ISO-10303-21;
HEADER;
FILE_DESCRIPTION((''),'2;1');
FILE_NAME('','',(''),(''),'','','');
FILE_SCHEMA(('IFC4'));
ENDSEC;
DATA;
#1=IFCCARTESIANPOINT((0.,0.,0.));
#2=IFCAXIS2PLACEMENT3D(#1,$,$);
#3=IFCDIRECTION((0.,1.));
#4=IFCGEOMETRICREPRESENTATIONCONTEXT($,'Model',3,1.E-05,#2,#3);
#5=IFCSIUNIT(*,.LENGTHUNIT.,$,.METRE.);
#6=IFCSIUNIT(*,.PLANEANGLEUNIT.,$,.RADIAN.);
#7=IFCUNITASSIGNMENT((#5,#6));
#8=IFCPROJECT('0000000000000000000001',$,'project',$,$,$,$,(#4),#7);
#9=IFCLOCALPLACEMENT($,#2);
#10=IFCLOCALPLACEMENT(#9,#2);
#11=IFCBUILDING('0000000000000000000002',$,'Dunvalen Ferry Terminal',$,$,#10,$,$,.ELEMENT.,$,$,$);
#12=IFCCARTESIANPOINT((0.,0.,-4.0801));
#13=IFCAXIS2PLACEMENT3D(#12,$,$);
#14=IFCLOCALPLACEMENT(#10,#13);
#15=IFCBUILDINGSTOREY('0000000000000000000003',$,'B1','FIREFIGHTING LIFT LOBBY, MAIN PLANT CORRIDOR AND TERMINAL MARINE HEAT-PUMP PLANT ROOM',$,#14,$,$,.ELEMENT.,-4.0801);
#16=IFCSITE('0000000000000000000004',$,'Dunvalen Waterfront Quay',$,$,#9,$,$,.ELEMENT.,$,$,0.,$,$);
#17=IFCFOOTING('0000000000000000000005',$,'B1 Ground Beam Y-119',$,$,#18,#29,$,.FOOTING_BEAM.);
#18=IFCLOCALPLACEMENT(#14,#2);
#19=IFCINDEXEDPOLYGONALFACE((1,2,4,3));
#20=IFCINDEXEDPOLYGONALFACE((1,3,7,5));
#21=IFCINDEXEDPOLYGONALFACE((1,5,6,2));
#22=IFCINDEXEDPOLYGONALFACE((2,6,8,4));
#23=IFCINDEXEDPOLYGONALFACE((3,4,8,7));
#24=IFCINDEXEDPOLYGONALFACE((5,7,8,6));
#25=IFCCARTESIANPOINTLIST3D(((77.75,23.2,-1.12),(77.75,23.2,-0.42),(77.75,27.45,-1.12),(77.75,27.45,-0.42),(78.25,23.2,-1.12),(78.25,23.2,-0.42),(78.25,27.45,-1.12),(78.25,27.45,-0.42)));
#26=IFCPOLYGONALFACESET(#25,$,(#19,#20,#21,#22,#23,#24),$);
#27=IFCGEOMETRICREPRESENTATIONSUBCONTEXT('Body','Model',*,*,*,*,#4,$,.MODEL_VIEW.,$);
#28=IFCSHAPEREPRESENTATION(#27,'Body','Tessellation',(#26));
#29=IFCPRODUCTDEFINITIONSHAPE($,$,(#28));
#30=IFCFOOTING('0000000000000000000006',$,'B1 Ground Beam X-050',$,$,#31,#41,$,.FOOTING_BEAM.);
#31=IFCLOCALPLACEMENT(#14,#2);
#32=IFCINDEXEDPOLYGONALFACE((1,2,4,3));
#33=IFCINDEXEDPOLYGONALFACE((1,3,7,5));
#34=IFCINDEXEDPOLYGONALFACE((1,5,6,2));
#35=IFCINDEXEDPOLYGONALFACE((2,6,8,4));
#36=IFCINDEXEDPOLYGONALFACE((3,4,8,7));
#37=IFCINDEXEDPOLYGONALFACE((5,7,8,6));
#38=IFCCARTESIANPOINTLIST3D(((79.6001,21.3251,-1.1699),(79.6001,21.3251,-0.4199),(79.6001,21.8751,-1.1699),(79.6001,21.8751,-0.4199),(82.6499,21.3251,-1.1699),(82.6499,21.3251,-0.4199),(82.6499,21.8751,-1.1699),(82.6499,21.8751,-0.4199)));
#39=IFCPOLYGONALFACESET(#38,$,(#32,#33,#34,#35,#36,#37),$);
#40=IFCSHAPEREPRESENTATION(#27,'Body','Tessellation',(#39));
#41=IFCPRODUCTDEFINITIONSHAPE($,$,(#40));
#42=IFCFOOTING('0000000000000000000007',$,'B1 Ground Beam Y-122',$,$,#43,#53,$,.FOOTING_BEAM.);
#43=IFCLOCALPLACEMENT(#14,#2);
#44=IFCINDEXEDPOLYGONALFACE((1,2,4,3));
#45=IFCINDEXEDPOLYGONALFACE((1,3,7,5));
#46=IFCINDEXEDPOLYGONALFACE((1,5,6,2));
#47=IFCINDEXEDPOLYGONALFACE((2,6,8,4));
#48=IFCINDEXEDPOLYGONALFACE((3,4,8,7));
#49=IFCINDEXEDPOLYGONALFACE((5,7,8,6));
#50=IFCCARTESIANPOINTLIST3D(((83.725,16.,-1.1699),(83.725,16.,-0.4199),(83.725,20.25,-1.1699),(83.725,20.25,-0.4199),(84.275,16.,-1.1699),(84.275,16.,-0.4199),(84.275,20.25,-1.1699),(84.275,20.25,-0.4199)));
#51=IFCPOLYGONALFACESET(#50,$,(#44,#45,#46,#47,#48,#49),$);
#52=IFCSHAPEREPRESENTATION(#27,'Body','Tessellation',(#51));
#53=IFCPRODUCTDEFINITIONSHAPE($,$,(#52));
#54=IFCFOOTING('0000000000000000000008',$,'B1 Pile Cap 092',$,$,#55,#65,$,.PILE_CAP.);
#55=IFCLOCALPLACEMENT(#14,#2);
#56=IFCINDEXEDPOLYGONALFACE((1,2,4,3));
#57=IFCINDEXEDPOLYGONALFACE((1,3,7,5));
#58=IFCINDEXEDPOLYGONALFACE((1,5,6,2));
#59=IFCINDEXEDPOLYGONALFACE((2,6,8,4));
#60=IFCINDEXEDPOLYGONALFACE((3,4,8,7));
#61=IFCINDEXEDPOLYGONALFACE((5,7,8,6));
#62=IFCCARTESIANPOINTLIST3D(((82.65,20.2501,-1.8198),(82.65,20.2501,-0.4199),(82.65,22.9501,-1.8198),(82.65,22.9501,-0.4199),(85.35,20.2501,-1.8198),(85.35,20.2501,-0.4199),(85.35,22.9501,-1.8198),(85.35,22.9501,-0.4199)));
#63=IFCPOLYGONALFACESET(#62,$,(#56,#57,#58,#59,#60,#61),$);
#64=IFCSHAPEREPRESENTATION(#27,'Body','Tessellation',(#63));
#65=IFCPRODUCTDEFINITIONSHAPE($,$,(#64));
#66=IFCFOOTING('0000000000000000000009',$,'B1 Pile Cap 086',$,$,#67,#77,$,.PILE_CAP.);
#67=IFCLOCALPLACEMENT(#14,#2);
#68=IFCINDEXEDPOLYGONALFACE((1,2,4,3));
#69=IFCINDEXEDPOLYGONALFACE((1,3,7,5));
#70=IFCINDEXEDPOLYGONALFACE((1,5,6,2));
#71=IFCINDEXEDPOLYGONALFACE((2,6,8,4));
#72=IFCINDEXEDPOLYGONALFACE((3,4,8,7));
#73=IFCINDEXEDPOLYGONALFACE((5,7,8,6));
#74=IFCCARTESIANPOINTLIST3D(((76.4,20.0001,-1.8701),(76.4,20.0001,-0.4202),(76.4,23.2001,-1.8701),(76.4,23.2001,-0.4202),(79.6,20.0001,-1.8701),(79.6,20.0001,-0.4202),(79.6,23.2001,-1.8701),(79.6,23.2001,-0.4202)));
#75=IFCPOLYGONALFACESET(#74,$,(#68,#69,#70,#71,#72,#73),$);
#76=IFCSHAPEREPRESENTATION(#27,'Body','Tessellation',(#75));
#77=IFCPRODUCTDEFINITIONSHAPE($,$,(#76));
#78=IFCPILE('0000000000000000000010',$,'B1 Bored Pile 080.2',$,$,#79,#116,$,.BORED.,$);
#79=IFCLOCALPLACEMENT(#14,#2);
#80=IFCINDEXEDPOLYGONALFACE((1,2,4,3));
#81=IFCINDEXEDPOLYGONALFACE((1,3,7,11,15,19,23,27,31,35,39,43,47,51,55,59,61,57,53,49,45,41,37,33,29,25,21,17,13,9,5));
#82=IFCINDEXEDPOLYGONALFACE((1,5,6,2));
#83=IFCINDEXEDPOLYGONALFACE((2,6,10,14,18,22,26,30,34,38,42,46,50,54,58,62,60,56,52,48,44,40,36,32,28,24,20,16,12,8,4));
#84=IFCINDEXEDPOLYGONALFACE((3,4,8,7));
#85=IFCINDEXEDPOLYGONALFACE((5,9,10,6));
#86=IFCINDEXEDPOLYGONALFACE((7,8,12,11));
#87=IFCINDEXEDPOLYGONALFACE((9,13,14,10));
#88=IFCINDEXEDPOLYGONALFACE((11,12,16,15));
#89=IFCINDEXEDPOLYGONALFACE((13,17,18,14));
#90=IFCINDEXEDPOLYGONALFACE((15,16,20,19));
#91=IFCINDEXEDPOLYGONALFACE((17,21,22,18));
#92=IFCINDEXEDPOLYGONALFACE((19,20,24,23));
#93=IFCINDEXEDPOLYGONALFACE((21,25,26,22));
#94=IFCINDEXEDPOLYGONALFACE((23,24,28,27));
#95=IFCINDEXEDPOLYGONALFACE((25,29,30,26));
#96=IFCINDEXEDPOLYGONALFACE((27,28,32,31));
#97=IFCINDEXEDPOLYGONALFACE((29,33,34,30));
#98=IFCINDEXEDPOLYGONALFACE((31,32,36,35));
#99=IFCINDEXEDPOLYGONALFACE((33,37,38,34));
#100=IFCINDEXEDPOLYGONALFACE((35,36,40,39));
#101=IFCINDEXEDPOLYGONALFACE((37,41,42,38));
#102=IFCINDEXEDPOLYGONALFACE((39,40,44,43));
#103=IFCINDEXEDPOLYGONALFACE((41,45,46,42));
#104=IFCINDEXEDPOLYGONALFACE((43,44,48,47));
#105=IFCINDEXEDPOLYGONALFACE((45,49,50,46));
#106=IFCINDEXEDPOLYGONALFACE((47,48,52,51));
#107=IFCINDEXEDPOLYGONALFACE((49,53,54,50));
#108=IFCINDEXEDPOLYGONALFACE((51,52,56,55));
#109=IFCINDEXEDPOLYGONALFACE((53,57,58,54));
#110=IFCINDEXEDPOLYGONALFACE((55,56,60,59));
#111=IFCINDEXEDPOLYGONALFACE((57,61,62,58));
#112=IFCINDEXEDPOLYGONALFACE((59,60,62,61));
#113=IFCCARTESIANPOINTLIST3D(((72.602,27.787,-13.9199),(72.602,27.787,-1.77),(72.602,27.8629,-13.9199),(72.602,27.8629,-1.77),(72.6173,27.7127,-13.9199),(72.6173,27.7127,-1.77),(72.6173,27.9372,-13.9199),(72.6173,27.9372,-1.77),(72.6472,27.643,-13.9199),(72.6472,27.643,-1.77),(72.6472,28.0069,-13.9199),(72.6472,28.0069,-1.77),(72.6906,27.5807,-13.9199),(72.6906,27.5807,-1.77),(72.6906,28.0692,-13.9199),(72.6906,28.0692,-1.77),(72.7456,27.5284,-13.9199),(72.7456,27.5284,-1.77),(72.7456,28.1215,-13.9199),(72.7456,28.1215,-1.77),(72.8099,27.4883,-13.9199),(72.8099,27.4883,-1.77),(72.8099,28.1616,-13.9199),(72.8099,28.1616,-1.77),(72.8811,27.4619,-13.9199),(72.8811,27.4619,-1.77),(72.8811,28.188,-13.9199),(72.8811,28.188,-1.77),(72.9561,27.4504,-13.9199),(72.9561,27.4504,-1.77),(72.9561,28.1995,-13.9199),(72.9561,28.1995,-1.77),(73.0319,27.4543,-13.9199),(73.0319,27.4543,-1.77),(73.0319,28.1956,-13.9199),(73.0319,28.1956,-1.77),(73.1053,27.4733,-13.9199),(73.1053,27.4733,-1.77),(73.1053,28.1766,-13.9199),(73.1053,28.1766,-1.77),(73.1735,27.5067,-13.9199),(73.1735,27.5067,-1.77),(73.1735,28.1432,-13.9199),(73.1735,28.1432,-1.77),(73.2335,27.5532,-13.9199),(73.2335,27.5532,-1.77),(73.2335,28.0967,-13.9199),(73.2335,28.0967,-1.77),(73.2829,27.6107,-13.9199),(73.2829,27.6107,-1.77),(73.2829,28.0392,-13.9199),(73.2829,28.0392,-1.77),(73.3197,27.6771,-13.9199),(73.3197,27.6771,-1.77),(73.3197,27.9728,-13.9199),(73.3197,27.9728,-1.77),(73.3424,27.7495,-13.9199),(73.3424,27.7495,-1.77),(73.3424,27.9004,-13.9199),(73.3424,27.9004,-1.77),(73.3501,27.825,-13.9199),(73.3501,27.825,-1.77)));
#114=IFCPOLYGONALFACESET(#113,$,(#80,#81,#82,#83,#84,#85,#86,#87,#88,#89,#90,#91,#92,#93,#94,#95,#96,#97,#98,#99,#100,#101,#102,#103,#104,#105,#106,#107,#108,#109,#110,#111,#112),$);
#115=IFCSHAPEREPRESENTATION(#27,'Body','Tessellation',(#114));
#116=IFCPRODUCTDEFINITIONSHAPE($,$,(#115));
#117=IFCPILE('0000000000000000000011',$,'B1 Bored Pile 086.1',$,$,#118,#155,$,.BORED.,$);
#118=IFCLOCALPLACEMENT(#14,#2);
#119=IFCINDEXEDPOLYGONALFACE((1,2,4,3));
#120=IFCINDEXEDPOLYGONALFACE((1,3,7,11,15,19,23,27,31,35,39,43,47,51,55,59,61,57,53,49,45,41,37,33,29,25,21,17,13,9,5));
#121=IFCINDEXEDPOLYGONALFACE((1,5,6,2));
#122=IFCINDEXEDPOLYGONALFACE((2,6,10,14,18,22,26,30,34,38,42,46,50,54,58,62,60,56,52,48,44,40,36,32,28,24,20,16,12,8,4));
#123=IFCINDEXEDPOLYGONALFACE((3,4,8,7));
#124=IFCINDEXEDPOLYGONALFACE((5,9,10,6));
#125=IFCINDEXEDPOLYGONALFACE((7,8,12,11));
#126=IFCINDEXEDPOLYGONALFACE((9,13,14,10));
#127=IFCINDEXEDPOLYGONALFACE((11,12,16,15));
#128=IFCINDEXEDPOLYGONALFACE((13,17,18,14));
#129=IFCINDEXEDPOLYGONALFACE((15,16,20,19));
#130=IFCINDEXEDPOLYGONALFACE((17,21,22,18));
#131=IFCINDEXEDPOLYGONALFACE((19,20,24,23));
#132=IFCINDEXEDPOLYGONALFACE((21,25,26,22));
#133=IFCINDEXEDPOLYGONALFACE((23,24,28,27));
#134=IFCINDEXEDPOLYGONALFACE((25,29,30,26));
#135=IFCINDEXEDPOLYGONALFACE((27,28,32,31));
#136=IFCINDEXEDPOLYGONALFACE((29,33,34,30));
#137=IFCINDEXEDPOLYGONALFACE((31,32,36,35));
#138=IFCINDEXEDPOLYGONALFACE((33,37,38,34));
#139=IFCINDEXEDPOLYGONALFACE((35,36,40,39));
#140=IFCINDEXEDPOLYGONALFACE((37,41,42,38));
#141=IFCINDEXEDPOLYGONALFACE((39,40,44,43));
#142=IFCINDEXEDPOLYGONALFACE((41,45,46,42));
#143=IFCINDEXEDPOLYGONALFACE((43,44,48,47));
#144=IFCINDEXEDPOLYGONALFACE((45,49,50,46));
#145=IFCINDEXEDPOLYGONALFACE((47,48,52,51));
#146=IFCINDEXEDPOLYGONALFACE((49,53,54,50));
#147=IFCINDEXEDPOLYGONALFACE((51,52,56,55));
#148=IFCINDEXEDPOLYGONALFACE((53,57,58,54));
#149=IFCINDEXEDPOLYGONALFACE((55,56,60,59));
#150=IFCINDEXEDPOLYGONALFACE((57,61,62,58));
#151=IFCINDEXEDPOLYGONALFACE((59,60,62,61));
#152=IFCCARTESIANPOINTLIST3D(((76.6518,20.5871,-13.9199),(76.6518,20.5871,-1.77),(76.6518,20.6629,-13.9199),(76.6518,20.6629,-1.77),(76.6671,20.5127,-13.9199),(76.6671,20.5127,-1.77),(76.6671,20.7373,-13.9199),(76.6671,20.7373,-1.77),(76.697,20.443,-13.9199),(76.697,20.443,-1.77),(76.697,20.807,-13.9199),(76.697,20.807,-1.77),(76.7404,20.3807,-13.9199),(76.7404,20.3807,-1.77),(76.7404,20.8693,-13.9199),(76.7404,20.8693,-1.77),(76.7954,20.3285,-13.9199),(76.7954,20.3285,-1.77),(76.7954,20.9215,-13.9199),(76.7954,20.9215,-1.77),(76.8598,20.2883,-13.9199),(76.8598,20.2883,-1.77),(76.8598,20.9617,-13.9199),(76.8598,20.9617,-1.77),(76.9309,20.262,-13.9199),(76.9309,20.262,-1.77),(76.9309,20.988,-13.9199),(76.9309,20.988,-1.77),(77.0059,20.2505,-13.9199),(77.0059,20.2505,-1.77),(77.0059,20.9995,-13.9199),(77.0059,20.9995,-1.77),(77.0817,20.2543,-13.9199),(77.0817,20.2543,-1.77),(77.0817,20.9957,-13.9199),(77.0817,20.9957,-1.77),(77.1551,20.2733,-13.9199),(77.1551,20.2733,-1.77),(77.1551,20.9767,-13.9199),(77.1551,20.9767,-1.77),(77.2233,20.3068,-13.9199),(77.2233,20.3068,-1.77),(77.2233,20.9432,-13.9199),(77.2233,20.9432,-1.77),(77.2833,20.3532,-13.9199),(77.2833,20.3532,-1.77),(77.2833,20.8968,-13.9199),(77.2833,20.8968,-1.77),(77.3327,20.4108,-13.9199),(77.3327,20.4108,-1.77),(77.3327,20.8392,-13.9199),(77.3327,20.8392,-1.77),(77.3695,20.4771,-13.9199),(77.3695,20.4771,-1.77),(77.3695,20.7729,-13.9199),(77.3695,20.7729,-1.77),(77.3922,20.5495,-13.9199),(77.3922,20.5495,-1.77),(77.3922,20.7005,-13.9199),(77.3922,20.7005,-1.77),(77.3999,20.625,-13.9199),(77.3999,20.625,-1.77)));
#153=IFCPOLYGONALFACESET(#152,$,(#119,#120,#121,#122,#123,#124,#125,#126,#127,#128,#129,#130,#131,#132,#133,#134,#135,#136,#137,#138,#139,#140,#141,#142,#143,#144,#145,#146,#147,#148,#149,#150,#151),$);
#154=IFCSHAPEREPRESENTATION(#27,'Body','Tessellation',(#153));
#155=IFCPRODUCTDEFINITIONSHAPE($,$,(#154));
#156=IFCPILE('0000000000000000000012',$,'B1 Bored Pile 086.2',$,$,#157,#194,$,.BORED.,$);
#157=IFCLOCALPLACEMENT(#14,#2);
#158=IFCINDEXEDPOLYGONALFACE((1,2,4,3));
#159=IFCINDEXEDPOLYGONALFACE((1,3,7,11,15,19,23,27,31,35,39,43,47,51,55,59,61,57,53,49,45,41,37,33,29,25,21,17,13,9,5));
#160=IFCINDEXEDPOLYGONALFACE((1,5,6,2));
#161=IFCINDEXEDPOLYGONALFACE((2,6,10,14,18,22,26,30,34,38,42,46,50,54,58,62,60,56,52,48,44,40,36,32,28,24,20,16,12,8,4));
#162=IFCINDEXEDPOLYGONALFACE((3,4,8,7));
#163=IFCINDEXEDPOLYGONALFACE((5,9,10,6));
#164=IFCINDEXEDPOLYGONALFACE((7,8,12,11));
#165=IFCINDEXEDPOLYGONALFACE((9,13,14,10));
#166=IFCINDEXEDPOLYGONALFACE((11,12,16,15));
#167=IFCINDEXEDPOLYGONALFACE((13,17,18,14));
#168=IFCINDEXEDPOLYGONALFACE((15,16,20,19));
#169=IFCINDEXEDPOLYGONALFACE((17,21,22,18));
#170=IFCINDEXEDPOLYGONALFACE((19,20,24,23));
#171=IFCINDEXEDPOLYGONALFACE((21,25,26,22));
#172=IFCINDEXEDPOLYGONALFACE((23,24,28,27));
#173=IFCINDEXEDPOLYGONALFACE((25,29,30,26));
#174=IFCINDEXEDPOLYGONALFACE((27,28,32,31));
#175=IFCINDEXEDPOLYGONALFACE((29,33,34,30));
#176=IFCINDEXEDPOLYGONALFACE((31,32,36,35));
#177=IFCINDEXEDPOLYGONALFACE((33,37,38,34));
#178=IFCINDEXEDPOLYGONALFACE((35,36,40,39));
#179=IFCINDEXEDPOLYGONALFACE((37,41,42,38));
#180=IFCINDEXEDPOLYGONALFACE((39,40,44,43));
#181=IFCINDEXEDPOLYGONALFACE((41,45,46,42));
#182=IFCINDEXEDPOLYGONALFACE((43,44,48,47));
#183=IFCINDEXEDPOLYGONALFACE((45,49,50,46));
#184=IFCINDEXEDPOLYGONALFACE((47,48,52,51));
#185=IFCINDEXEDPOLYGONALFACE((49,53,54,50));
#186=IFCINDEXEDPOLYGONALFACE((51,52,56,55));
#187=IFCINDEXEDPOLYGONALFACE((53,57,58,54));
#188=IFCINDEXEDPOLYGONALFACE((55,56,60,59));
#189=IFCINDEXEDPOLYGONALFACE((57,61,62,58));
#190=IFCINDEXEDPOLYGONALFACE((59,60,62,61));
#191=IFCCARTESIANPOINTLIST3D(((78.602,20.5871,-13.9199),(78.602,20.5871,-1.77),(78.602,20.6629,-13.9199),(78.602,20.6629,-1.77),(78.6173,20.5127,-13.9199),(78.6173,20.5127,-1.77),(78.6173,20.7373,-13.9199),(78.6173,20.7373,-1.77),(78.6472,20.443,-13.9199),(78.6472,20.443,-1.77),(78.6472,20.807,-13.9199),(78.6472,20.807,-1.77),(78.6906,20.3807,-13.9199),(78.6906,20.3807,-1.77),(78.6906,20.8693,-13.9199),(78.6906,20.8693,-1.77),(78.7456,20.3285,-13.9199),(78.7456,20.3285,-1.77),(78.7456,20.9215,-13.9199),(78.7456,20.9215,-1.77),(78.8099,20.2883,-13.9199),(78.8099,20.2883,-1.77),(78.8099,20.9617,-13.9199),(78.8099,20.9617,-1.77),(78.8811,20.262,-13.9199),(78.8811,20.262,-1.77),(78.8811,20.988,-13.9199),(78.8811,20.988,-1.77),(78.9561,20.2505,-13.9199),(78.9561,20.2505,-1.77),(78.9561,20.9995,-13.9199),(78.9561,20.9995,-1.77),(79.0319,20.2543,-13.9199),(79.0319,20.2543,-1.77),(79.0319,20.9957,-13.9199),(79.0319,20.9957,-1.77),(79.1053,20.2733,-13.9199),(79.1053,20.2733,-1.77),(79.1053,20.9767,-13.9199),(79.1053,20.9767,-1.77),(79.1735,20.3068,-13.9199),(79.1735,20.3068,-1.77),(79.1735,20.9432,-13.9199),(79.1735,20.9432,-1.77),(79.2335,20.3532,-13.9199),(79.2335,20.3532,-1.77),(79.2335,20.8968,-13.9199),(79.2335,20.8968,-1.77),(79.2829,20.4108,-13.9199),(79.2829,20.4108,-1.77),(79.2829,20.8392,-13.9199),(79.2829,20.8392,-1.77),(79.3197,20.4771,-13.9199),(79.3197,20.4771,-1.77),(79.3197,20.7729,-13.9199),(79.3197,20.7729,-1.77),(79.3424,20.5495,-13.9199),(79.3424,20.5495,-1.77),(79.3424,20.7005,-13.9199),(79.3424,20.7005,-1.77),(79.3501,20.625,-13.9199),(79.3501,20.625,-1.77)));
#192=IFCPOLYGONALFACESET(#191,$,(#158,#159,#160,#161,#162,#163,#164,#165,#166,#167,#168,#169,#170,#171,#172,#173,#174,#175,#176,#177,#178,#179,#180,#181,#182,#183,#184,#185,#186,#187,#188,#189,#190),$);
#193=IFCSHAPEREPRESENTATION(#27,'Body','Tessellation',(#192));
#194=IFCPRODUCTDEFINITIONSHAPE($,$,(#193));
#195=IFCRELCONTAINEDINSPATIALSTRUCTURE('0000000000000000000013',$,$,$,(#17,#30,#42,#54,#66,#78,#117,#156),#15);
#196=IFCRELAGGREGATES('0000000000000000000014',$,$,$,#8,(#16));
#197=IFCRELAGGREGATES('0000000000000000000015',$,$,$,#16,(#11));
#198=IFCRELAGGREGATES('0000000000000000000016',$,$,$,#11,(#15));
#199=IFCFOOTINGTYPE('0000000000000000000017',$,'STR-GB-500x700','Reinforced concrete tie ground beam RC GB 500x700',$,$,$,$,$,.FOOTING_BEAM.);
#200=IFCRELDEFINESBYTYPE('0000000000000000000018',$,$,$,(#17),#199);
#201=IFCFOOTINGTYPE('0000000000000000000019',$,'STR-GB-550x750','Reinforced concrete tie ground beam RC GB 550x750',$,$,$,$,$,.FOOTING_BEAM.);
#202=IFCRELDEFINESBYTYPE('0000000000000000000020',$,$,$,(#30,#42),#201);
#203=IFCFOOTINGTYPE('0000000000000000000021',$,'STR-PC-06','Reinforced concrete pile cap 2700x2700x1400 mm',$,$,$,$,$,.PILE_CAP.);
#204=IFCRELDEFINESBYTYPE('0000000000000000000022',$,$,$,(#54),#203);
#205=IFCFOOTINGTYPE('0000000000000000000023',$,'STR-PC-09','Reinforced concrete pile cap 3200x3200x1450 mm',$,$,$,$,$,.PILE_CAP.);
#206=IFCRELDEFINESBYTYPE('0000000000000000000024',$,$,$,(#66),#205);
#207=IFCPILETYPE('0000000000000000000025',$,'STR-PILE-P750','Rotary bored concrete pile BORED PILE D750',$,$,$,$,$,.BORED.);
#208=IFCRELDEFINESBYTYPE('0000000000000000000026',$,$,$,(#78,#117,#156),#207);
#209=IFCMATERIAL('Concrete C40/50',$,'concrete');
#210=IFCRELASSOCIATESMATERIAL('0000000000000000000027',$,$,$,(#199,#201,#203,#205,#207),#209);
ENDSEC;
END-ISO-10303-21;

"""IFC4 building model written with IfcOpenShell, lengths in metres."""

from ifc_helpers import new_model, si_unit, direction, frame, origin, origin_2d, place, context, subcontext, project, spatial, rectangle, circle, extrude, material, material_profile, profile_set, type_object, element, save


model = new_model("IFC4")

# Units and contexts
model_context = context("Model", 3, precision=1e-05, world=origin(), true_north=direction((0.0, 1.0)))
body_context = subcontext(model_context, "Body", "Model", "MODEL_VIEW")
ifc_project = project(units=[si_unit("LENGTHUNIT", "METRE"), si_unit("PLANEANGLEUNIT", "RADIAN")], contexts=[model_context])

# Site, building, storey
site_placement = place(None, origin())
site = spatial("IfcSite", under=ifc_project, at=site_placement, Name="Dunvalen Waterfront Quay", CompositionType="ELEMENT", RefElevation=0.0)
building_placement = place(site_placement, origin())
building = spatial("IfcBuilding", under=site, at=building_placement, Name="Dunvalen Ferry Terminal", CompositionType="ELEMENT")
storey_placement = place(building_placement, frame((0.0, 0.0, -4.0801)))
storey = spatial("IfcBuildingStorey", under=building, at=storey_placement, Name="B1", Description="FIREFIGHTING LIFT LOBBY, MAIN PLANT CORRIDOR AND TERMINAL MARINE HEAT-PUMP PLANT ROOM", CompositionType="ELEMENT", Elevation=-4.0801)

# Footings
ifc_material_1 = material(Name="Concrete C40/50", Category="concrete")
ifc_material_profile_1 = material_profile(ifc_material_1, rectangle(XDim=0.5, YDim=0.7, at=origin_2d()), Name="Concrete C40/50")
ifc_profile_set_1 = profile_set([ifc_material_profile_1], Name="Concrete C40/50")
footing_type_1 = type_object("IfcFootingType", Name="STR-GB-500x700", Description="Reinforced concrete tie ground beam RC GB 500x700", PredefinedType="FOOTING_BEAM", material=ifc_profile_set_1)
footing_1_placement = place(storey_placement, frame((78.0, 23.2, -0.77), z_axis=(0.0, 1.0, 0.0), x_axis=(-1.0, 0.0, 0.0)))
element("IfcFooting", 1, at=footing_1_placement, inside=storey, type_object=footing_type_1, Name="B1 Ground Beam Y-119", PredefinedType="FOOTING_BEAM", context=body_context, shape_type="SweptSolid", body=[
    extrude(rectangle(XDim=0.5, YDim=0.7, at=origin_2d()), origin(), (0.0, 0.0, 1.0), 4.25),
])
ifc_material_profile_2 = material_profile(ifc_material_1, rectangle(XDim=0.55, YDim=0.75, at=origin_2d()), Name="Concrete C40/50")
ifc_profile_set_2 = profile_set([ifc_material_profile_2], Name="Concrete C40/50")
footing_type_2 = type_object("IfcFootingType", Name="STR-GB-550x750", Description="Reinforced concrete tie ground beam RC GB 550x750", PredefinedType="FOOTING_BEAM", material=ifc_profile_set_2)
footing_2_placement = place(storey_placement, frame((79.6001, 21.6001, -0.7949), z_axis=(1.0, 0.0, 0.0), x_axis=(0.0, 1.0, 0.0)))
element("IfcFooting", 2, at=footing_2_placement, inside=storey, type_object=footing_type_2, Name="B1 Ground Beam X-050", PredefinedType="FOOTING_BEAM", context=body_context, shape_type="SweptSolid", body=[
    extrude(rectangle(XDim=0.55, YDim=0.75, at=origin_2d()), origin(), (0.0, 0.0, 1.0), 3.0498),
])
footing_3_placement = place(storey_placement, frame((84.0, 16.0, -0.7949), z_axis=(0.0, 1.0, 0.0), x_axis=(-1.0, 0.0, 0.0)))
element("IfcFooting", 3, at=footing_3_placement, inside=storey, type_object=footing_type_2, Name="B1 Ground Beam Y-122", PredefinedType="FOOTING_BEAM", context=body_context, shape_type="SweptSolid", body=[
    extrude(rectangle(XDim=0.55, YDim=0.75, at=origin_2d()), origin(), (0.0, 0.0, 1.0), 4.25),
])
footing_type_3 = type_object("IfcFootingType", Name="STR-PC-06", Description="Reinforced concrete pile cap 2700x2700x1400 mm", PredefinedType="PILE_CAP", material=ifc_material_1)
footing_4_placement = place(storey_placement, frame((84.0, 21.6001, -1.8198), z_axis=(0.0, 0.0, 1.0), x_axis=(1.0, 0.0, 0.0)))
element("IfcFooting", 4, at=footing_4_placement, inside=storey, type_object=footing_type_3, Name="B1 Pile Cap 092", PredefinedType="PILE_CAP", context=body_context, shape_type="SweptSolid", body=[
    extrude(rectangle(XDim=2.7, YDim=2.7, at=origin_2d()), origin(), (0.0, 0.0, 1.0), 1.3999),
])
footing_type_4 = type_object("IfcFootingType", Name="STR-PC-09", Description="Reinforced concrete pile cap 3200x3200x1450 mm", PredefinedType="PILE_CAP", material=ifc_material_1)
footing_5_placement = place(storey_placement, frame((78.0, 21.6001, -1.8701), z_axis=(0.0, 0.0, 1.0), x_axis=(1.0, 0.0, 0.0)))
element("IfcFooting", 5, at=footing_5_placement, inside=storey, type_object=footing_type_4, Name="B1 Pile Cap 086", PredefinedType="PILE_CAP", context=body_context, shape_type="SweptSolid", body=[
    extrude(rectangle(XDim=3.2, YDim=3.2, at=origin_2d()), origin(), (0.0, 0.0, 1.0), 1.45),
])

# Piles
ifc_material_profile_3 = material_profile(ifc_material_1, circle(Radius=0.375, at=origin_2d()), Name="Concrete C40/50")
ifc_profile_set_3 = profile_set([ifc_material_profile_3], Name="Concrete C40/50")
pile_type_1 = type_object("IfcPileType", Name="STR-PILE-P750", Description="Rotary bored concrete pile BORED PILE D750", PredefinedType="BORED", material=ifc_profile_set_3)
for number, where, z_axis, x_axis, name in (
    (6, (72.9751, 27.825, -1.77), (0.0, 0.0, -1.0), (1.0, 0.0, 0.0), "B1 Bored Pile 080.2"),
    (7, (77.0249, 20.625, -1.77), (0.0, 0.0, -1.0), (1.0, 0.0, 0.0), "B1 Bored Pile 086.1"),
    (8, (78.9751, 20.625, -1.77), (0.0, 0.0, -1.0), (1.0, 0.0, 0.0), "B1 Bored Pile 086.2"),
):
    element("IfcPile", number, at=place(storey_placement, frame(where, z_axis=z_axis, x_axis=x_axis)), inside=storey, type_object=pile_type_1, Name=name, PredefinedType="BORED", context=body_context, shape_type="SweptSolid", body=[
        extrude(circle(Radius=0.375, at=origin_2d()), origin(), (0.0, 0.0, 1.0), 12.1499),
    ])

save(model, "model.ifc")
